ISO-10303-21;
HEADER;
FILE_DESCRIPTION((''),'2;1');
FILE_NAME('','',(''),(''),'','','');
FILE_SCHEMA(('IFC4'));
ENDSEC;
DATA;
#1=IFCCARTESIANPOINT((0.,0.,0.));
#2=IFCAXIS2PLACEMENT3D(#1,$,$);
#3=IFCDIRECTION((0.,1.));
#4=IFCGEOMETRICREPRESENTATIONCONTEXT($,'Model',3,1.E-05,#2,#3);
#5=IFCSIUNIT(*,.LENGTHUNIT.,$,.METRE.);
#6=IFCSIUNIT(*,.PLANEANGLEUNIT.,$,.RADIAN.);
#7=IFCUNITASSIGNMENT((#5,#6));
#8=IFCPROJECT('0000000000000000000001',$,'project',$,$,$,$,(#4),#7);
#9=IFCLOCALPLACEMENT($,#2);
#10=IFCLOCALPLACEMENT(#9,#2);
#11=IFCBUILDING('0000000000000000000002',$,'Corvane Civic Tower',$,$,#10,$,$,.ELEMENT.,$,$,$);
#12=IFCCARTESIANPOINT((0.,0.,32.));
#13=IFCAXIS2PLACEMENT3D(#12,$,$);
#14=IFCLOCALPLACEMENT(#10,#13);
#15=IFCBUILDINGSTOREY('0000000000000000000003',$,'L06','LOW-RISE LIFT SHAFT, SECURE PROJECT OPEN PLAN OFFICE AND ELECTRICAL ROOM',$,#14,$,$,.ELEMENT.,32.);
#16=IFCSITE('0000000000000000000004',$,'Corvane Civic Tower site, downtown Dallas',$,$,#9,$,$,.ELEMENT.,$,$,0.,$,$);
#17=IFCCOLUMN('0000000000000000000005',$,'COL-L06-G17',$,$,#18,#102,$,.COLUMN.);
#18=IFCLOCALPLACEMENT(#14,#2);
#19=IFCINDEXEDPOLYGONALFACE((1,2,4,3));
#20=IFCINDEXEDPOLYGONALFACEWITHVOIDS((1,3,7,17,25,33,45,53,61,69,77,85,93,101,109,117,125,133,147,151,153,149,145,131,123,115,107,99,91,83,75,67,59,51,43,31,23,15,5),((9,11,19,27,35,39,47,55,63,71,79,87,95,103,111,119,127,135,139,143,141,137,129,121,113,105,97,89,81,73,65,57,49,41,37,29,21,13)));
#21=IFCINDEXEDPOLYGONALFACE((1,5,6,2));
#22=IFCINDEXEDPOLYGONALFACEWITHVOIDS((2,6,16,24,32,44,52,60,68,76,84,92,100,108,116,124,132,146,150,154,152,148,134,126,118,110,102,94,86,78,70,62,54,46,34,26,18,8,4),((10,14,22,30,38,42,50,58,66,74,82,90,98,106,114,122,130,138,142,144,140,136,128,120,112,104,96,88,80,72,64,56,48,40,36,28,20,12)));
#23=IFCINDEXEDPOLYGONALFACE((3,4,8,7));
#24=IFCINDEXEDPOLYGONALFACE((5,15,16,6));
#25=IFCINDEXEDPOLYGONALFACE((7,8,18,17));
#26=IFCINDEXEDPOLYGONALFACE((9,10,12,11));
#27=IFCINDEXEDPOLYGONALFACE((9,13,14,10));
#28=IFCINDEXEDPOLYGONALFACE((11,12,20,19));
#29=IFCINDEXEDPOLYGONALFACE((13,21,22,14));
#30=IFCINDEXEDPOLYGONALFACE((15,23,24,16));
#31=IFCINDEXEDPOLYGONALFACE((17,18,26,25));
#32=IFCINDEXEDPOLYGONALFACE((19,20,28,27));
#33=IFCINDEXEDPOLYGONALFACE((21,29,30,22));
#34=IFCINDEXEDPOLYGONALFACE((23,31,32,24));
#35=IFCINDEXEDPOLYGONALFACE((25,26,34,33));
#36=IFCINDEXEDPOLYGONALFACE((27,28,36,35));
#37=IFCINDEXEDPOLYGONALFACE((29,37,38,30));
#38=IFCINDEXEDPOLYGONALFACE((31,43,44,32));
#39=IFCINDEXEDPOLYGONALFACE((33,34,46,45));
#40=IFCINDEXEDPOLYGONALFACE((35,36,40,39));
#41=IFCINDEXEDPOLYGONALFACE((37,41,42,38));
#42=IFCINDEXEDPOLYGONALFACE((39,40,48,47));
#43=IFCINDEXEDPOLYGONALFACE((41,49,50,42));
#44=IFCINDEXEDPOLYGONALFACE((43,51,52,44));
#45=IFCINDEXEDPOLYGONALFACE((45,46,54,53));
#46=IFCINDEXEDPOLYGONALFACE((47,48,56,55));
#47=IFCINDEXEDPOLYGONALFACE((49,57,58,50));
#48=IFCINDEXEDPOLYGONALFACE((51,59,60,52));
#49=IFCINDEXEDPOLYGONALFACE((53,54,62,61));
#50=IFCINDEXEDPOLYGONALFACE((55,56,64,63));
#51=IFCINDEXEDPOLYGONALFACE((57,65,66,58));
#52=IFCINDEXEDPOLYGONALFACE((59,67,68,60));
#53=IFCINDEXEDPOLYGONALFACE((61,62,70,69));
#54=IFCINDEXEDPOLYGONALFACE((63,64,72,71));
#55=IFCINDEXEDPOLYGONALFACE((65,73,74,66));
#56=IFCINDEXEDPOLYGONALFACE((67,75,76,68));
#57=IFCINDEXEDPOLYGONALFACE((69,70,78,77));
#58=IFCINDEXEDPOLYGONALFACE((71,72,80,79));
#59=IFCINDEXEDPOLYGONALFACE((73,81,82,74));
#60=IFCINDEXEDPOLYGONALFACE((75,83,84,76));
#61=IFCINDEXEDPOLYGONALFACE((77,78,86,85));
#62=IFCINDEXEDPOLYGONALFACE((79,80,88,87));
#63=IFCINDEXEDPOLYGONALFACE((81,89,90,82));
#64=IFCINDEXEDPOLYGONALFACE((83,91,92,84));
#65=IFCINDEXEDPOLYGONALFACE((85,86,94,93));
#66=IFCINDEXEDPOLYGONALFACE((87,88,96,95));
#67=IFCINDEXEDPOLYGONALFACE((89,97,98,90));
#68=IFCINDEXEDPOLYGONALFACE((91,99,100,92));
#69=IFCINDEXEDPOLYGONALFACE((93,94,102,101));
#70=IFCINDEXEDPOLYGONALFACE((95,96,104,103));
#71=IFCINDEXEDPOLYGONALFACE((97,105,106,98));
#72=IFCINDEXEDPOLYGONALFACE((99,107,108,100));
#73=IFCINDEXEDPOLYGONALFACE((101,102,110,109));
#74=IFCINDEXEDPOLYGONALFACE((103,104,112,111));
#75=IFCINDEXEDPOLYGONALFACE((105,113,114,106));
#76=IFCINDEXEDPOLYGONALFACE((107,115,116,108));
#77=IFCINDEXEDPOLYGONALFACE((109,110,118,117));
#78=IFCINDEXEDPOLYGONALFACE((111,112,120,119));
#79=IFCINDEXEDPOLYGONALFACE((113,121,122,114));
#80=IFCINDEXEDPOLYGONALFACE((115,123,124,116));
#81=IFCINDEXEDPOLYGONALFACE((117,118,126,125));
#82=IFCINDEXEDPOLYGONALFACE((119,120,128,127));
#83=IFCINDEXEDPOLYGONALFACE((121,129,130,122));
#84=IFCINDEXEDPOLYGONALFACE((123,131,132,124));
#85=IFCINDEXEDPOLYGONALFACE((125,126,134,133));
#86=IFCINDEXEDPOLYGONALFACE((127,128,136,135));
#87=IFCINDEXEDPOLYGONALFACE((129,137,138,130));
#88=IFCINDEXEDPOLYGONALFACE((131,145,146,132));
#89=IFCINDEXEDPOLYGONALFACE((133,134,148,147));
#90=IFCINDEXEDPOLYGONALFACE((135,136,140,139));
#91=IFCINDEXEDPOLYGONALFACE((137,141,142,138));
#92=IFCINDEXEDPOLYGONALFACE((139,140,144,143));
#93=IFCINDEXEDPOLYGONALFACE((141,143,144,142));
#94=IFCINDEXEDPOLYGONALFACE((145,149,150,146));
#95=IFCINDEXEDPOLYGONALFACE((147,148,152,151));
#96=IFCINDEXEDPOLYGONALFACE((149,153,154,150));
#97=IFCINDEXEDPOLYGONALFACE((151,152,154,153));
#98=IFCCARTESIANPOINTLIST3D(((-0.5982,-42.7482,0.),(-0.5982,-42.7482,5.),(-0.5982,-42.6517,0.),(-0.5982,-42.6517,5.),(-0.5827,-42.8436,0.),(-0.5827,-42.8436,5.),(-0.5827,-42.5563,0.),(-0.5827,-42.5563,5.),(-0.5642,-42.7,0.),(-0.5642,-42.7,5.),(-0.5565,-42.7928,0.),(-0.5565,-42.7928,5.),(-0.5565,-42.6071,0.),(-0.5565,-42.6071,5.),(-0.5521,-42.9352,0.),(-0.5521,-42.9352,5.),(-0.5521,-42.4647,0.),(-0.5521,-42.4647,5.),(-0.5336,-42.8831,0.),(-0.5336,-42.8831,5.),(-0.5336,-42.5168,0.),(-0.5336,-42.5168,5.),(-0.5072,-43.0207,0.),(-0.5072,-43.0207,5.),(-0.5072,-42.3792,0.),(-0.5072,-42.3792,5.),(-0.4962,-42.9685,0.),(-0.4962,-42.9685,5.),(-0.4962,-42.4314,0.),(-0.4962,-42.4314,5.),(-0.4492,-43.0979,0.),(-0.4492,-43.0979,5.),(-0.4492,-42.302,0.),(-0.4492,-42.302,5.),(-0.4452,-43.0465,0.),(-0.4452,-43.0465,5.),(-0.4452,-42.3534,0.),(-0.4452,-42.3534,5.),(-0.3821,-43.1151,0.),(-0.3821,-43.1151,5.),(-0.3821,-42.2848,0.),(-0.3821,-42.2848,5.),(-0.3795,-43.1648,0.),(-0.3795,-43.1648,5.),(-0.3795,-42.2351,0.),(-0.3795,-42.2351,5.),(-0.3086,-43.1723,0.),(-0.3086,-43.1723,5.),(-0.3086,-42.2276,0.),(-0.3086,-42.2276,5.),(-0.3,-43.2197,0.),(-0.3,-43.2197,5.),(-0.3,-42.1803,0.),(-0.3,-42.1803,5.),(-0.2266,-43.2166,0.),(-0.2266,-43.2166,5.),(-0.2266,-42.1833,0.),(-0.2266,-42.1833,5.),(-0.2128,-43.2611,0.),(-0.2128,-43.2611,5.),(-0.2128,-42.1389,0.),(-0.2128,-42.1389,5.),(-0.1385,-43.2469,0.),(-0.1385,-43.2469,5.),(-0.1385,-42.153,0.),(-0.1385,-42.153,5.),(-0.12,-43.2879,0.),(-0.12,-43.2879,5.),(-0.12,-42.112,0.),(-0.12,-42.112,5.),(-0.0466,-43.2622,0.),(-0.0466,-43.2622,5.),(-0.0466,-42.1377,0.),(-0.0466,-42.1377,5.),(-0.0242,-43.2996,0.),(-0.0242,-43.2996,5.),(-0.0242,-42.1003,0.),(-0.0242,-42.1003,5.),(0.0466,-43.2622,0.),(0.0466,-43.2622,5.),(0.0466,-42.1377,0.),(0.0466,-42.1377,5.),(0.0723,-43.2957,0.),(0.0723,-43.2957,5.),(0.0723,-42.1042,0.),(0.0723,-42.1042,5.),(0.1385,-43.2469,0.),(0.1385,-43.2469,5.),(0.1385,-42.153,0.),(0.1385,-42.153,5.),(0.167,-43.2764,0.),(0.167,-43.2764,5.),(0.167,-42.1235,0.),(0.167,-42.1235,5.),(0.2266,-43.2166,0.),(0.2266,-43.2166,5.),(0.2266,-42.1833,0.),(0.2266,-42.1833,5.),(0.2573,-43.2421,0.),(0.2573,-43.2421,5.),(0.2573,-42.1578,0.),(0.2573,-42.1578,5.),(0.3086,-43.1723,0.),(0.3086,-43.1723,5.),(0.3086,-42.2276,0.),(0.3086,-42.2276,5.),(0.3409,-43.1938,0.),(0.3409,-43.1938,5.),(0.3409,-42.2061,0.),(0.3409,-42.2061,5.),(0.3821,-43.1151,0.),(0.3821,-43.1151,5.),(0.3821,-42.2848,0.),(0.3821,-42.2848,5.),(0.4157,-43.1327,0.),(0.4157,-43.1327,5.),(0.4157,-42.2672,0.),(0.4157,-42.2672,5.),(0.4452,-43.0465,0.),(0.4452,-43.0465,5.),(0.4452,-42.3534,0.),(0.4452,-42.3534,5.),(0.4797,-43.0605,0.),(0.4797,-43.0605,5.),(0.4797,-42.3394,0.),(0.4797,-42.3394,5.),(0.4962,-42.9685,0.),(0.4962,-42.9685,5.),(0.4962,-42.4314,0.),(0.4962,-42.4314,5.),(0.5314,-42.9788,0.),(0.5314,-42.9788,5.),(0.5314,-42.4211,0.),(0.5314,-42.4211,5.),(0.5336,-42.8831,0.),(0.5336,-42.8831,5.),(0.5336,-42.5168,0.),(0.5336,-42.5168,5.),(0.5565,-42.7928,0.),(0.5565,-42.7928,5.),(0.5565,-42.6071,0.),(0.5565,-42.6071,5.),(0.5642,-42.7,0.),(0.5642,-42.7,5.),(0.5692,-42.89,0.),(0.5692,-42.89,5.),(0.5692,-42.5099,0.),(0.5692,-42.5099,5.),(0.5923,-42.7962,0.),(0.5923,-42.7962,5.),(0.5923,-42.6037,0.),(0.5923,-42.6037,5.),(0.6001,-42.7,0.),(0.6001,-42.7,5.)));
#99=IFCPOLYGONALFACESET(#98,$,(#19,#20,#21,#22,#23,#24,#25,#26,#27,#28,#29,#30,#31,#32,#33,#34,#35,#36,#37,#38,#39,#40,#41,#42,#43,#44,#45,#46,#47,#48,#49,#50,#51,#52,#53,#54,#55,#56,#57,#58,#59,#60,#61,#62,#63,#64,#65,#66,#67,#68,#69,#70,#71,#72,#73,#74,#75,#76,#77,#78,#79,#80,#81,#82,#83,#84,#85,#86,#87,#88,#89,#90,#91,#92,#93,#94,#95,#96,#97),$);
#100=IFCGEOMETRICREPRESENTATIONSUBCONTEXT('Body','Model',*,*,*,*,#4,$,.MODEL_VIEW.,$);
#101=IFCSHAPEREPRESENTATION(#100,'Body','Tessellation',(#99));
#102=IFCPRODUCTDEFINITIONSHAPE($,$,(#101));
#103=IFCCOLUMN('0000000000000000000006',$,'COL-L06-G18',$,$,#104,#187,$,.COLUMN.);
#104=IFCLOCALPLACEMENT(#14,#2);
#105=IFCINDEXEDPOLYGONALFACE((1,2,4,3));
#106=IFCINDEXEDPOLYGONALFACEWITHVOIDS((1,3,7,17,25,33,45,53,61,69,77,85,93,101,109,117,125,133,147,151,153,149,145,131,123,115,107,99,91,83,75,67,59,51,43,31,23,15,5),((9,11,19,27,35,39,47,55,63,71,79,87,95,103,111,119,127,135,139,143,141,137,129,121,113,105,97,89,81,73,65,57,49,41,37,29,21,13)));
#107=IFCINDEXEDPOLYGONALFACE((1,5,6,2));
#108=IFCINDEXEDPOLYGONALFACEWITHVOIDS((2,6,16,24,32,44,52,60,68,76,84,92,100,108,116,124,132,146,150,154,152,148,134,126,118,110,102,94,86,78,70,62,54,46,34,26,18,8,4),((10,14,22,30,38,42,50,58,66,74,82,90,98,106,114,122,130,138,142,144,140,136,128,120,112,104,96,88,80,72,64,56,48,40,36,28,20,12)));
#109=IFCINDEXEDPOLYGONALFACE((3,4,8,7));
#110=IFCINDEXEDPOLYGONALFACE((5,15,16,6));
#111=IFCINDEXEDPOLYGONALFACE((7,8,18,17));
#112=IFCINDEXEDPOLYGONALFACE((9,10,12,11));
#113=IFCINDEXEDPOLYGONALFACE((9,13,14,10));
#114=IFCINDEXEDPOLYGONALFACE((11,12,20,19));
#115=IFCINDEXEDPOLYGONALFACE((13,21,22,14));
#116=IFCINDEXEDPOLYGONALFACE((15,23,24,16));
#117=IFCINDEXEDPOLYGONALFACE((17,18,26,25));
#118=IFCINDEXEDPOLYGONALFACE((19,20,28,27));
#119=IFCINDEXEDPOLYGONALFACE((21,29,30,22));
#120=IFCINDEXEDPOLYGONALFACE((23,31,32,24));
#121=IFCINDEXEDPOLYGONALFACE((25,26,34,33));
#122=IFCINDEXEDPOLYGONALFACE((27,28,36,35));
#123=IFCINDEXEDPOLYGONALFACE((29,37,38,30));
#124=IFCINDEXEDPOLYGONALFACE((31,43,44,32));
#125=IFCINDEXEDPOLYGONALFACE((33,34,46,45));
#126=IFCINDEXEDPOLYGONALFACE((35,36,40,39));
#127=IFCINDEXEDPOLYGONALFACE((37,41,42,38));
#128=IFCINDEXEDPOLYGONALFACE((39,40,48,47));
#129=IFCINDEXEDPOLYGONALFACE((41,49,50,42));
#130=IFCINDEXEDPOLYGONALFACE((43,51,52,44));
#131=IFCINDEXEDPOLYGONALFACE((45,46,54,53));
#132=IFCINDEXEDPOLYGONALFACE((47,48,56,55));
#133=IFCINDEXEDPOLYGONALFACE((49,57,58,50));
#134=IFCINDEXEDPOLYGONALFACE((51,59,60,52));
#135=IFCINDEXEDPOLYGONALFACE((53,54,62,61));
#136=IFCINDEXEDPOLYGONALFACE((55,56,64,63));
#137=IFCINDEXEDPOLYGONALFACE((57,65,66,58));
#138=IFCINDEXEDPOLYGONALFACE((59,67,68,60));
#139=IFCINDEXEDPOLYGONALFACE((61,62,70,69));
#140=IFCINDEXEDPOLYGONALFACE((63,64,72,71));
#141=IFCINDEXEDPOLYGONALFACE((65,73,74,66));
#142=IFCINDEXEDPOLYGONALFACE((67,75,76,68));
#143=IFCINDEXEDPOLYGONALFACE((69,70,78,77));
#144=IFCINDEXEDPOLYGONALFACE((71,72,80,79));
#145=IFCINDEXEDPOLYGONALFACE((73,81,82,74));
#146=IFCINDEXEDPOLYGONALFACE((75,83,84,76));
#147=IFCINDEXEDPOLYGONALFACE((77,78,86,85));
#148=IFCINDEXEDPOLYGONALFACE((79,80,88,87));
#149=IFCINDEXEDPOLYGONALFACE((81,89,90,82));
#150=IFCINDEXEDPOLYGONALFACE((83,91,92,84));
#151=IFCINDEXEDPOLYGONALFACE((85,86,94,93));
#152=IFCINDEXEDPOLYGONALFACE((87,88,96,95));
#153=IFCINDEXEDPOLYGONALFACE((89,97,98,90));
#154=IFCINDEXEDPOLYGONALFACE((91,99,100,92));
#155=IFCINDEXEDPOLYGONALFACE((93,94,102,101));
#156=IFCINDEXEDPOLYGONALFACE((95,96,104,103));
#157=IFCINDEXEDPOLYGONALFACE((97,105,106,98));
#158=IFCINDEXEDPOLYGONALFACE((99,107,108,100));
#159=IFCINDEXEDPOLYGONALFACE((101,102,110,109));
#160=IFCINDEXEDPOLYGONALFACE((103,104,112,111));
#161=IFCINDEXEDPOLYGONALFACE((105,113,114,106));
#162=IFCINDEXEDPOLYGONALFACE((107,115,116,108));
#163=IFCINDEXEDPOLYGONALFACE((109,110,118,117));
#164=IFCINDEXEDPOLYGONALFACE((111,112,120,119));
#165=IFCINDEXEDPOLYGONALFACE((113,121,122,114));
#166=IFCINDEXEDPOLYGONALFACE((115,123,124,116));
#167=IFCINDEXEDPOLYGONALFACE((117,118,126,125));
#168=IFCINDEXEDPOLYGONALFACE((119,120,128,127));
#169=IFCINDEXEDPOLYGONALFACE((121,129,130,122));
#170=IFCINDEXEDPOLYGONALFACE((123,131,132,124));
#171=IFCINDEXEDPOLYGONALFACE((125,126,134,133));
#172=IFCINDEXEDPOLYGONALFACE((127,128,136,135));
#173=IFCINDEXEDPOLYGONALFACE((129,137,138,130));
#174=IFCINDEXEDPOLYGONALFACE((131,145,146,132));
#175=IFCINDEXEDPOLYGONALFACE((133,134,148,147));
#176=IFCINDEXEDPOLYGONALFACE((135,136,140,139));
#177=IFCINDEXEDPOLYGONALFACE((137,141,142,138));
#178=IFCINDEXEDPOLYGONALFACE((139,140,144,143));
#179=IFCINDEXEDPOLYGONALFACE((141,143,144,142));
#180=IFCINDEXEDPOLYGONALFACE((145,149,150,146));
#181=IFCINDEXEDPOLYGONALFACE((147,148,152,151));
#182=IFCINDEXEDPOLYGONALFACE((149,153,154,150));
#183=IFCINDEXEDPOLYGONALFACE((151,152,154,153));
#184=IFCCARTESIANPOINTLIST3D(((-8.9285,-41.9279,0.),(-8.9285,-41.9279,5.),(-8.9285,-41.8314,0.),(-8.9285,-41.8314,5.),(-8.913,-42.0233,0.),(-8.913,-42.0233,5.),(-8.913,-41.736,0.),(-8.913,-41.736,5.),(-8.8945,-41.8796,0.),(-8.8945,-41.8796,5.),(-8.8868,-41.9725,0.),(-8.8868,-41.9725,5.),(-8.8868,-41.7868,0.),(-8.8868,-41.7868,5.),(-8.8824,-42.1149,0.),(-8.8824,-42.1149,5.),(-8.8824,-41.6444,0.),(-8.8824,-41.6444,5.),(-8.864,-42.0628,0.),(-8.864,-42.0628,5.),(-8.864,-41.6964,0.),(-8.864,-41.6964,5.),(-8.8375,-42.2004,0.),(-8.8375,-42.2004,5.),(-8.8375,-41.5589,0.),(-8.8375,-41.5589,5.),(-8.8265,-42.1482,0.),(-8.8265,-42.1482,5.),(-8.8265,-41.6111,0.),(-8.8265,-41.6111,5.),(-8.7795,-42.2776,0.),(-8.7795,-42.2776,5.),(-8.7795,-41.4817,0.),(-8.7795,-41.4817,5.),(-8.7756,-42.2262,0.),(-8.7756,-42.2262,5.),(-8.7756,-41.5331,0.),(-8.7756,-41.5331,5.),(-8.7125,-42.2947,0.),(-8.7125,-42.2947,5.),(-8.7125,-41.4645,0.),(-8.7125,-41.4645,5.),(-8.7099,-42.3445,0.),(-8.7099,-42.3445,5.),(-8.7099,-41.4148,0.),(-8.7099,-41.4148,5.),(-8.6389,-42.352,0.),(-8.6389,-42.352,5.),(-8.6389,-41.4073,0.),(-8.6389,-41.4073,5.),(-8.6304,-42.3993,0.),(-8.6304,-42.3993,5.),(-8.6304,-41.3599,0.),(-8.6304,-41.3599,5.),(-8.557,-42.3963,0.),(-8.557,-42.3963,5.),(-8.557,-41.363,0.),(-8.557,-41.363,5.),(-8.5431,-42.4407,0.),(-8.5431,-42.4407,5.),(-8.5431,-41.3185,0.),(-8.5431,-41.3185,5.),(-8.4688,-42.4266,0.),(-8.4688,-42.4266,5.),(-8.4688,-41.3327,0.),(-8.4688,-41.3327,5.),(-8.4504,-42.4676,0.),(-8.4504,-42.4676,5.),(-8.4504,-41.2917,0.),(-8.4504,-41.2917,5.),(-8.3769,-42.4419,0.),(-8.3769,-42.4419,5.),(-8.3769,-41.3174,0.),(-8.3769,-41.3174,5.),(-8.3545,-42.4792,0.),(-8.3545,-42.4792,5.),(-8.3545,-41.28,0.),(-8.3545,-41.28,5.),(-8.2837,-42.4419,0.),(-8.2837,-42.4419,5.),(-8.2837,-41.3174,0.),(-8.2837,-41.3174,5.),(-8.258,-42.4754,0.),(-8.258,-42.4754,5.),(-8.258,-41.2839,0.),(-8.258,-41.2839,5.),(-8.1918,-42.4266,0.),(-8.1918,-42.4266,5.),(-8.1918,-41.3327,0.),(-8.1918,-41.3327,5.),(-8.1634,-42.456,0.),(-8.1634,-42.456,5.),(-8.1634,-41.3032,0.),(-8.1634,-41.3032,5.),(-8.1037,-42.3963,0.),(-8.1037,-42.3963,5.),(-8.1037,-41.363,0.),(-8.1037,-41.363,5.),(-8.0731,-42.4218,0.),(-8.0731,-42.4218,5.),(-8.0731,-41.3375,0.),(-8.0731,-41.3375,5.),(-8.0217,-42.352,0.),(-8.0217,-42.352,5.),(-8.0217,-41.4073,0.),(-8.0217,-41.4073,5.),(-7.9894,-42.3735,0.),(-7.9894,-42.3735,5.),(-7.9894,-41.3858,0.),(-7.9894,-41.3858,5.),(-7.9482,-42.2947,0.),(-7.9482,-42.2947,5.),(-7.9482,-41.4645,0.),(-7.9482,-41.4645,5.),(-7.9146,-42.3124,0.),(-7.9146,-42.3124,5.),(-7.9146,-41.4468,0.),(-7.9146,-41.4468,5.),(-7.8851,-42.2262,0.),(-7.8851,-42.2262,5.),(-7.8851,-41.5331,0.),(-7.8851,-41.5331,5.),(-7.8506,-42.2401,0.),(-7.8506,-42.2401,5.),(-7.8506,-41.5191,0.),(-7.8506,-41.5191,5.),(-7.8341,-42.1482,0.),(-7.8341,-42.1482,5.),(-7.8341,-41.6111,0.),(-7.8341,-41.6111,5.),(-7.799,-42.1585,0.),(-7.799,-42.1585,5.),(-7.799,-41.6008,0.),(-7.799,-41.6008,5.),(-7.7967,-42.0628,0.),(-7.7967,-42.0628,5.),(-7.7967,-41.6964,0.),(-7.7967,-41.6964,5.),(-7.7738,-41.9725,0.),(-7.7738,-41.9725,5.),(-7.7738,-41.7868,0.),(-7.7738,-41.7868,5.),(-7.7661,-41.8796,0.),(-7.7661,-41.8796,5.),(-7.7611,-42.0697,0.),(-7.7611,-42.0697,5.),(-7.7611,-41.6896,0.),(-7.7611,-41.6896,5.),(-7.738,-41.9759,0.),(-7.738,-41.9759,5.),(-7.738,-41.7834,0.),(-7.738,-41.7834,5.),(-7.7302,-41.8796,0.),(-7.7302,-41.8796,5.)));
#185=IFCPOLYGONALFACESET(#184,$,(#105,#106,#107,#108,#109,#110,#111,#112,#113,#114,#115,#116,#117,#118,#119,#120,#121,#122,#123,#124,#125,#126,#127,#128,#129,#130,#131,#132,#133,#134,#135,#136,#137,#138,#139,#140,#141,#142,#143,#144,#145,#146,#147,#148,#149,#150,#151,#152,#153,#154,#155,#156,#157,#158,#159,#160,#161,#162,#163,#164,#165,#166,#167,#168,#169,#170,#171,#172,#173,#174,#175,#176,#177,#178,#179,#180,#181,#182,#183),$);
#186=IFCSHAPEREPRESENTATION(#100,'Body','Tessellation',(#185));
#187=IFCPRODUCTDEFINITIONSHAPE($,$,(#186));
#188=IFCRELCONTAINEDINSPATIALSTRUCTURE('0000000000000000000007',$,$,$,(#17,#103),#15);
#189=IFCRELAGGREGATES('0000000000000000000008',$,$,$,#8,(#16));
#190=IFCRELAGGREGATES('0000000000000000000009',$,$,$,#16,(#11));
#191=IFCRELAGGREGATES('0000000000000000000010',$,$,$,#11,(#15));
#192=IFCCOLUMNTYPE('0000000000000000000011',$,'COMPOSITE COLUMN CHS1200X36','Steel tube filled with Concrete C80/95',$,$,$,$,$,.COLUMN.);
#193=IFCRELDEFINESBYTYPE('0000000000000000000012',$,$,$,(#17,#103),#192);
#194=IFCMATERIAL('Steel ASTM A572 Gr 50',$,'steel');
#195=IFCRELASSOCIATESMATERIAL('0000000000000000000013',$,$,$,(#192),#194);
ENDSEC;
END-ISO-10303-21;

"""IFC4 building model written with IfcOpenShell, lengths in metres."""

from ifc_helpers import new_model, si_unit, direction, frame, origin, origin_2d, place, context, subcontext, project, spatial, hollow_circle, extrude, material, material_profile, profile_set, type_object, element, save


model = new_model("IFC4")

# Units and contexts
model_context = context("Model", 3, precision=1e-05, world=origin(), true_north=direction((0.0, 1.0)))
body_context = subcontext(model_context, "Body", "Model", "MODEL_VIEW")
ifc_project = project(units=[si_unit("LENGTHUNIT", "METRE"), si_unit("PLANEANGLEUNIT", "RADIAN")], contexts=[model_context])

# Site, building, storey
site_placement = place(None, origin())
site = spatial("IfcSite", under=ifc_project, at=site_placement, Name="Corvane Civic Tower site, downtown Dallas", CompositionType="ELEMENT", RefElevation=0.0)
building_placement = place(site_placement, origin())
building = spatial("IfcBuilding", under=site, at=building_placement, Name="Corvane Civic Tower", CompositionType="ELEMENT")
storey_placement = place(building_placement, frame((0.0, 0.0, 32.0)))
storey = spatial("IfcBuildingStorey", under=building, at=storey_placement, Name="L06", Description="LOW-RISE LIFT SHAFT, SECURE PROJECT OPEN PLAN OFFICE AND ELECTRICAL ROOM", CompositionType="ELEMENT", Elevation=32.0)

# Columns
ifc_material_1 = material(Name="Steel ASTM A572 Gr 50", Category="steel")
ifc_material_profile_1 = material_profile(ifc_material_1, hollow_circle(Radius=0.6001, WallThickness=0.0359, at=origin_2d()), Name="CHS1200X36")
ifc_profile_set_1 = profile_set([ifc_material_profile_1], Name="Steel ASTM A572 Gr 50")
column_type = type_object("IfcColumnType", Name="COMPOSITE COLUMN CHS1200X36", Description="Steel tube filled with Concrete C80/95", PredefinedType="COLUMN", material=ifc_profile_set_1)
for number, where, z_axis, x_axis, name in (
    (1, (0.0, -42.7, 0.0), (0.0, 0.0, 1.0), (1.0, 0.0, 0.0), "COL-L06-G17"),
    (2, (-8.3303, -41.8796, 0.0), (0.0, 0.0, 1.0), (1.0, 0.0, 0.0), "COL-L06-G18"),
):
    element("IfcColumn", number, at=place(storey_placement, frame(where, z_axis=z_axis, x_axis=x_axis)), inside=storey, type_object=column_type, Name=name, PredefinedType="COLUMN", context=body_context, shape_type="SweptSolid", body=[
        extrude(hollow_circle(Radius=0.6001, WallThickness=0.0359, at=origin_2d()), origin(), (0.0, 0.0, 1.0), 5.0),
    ])

save(model, "model.ifc")
